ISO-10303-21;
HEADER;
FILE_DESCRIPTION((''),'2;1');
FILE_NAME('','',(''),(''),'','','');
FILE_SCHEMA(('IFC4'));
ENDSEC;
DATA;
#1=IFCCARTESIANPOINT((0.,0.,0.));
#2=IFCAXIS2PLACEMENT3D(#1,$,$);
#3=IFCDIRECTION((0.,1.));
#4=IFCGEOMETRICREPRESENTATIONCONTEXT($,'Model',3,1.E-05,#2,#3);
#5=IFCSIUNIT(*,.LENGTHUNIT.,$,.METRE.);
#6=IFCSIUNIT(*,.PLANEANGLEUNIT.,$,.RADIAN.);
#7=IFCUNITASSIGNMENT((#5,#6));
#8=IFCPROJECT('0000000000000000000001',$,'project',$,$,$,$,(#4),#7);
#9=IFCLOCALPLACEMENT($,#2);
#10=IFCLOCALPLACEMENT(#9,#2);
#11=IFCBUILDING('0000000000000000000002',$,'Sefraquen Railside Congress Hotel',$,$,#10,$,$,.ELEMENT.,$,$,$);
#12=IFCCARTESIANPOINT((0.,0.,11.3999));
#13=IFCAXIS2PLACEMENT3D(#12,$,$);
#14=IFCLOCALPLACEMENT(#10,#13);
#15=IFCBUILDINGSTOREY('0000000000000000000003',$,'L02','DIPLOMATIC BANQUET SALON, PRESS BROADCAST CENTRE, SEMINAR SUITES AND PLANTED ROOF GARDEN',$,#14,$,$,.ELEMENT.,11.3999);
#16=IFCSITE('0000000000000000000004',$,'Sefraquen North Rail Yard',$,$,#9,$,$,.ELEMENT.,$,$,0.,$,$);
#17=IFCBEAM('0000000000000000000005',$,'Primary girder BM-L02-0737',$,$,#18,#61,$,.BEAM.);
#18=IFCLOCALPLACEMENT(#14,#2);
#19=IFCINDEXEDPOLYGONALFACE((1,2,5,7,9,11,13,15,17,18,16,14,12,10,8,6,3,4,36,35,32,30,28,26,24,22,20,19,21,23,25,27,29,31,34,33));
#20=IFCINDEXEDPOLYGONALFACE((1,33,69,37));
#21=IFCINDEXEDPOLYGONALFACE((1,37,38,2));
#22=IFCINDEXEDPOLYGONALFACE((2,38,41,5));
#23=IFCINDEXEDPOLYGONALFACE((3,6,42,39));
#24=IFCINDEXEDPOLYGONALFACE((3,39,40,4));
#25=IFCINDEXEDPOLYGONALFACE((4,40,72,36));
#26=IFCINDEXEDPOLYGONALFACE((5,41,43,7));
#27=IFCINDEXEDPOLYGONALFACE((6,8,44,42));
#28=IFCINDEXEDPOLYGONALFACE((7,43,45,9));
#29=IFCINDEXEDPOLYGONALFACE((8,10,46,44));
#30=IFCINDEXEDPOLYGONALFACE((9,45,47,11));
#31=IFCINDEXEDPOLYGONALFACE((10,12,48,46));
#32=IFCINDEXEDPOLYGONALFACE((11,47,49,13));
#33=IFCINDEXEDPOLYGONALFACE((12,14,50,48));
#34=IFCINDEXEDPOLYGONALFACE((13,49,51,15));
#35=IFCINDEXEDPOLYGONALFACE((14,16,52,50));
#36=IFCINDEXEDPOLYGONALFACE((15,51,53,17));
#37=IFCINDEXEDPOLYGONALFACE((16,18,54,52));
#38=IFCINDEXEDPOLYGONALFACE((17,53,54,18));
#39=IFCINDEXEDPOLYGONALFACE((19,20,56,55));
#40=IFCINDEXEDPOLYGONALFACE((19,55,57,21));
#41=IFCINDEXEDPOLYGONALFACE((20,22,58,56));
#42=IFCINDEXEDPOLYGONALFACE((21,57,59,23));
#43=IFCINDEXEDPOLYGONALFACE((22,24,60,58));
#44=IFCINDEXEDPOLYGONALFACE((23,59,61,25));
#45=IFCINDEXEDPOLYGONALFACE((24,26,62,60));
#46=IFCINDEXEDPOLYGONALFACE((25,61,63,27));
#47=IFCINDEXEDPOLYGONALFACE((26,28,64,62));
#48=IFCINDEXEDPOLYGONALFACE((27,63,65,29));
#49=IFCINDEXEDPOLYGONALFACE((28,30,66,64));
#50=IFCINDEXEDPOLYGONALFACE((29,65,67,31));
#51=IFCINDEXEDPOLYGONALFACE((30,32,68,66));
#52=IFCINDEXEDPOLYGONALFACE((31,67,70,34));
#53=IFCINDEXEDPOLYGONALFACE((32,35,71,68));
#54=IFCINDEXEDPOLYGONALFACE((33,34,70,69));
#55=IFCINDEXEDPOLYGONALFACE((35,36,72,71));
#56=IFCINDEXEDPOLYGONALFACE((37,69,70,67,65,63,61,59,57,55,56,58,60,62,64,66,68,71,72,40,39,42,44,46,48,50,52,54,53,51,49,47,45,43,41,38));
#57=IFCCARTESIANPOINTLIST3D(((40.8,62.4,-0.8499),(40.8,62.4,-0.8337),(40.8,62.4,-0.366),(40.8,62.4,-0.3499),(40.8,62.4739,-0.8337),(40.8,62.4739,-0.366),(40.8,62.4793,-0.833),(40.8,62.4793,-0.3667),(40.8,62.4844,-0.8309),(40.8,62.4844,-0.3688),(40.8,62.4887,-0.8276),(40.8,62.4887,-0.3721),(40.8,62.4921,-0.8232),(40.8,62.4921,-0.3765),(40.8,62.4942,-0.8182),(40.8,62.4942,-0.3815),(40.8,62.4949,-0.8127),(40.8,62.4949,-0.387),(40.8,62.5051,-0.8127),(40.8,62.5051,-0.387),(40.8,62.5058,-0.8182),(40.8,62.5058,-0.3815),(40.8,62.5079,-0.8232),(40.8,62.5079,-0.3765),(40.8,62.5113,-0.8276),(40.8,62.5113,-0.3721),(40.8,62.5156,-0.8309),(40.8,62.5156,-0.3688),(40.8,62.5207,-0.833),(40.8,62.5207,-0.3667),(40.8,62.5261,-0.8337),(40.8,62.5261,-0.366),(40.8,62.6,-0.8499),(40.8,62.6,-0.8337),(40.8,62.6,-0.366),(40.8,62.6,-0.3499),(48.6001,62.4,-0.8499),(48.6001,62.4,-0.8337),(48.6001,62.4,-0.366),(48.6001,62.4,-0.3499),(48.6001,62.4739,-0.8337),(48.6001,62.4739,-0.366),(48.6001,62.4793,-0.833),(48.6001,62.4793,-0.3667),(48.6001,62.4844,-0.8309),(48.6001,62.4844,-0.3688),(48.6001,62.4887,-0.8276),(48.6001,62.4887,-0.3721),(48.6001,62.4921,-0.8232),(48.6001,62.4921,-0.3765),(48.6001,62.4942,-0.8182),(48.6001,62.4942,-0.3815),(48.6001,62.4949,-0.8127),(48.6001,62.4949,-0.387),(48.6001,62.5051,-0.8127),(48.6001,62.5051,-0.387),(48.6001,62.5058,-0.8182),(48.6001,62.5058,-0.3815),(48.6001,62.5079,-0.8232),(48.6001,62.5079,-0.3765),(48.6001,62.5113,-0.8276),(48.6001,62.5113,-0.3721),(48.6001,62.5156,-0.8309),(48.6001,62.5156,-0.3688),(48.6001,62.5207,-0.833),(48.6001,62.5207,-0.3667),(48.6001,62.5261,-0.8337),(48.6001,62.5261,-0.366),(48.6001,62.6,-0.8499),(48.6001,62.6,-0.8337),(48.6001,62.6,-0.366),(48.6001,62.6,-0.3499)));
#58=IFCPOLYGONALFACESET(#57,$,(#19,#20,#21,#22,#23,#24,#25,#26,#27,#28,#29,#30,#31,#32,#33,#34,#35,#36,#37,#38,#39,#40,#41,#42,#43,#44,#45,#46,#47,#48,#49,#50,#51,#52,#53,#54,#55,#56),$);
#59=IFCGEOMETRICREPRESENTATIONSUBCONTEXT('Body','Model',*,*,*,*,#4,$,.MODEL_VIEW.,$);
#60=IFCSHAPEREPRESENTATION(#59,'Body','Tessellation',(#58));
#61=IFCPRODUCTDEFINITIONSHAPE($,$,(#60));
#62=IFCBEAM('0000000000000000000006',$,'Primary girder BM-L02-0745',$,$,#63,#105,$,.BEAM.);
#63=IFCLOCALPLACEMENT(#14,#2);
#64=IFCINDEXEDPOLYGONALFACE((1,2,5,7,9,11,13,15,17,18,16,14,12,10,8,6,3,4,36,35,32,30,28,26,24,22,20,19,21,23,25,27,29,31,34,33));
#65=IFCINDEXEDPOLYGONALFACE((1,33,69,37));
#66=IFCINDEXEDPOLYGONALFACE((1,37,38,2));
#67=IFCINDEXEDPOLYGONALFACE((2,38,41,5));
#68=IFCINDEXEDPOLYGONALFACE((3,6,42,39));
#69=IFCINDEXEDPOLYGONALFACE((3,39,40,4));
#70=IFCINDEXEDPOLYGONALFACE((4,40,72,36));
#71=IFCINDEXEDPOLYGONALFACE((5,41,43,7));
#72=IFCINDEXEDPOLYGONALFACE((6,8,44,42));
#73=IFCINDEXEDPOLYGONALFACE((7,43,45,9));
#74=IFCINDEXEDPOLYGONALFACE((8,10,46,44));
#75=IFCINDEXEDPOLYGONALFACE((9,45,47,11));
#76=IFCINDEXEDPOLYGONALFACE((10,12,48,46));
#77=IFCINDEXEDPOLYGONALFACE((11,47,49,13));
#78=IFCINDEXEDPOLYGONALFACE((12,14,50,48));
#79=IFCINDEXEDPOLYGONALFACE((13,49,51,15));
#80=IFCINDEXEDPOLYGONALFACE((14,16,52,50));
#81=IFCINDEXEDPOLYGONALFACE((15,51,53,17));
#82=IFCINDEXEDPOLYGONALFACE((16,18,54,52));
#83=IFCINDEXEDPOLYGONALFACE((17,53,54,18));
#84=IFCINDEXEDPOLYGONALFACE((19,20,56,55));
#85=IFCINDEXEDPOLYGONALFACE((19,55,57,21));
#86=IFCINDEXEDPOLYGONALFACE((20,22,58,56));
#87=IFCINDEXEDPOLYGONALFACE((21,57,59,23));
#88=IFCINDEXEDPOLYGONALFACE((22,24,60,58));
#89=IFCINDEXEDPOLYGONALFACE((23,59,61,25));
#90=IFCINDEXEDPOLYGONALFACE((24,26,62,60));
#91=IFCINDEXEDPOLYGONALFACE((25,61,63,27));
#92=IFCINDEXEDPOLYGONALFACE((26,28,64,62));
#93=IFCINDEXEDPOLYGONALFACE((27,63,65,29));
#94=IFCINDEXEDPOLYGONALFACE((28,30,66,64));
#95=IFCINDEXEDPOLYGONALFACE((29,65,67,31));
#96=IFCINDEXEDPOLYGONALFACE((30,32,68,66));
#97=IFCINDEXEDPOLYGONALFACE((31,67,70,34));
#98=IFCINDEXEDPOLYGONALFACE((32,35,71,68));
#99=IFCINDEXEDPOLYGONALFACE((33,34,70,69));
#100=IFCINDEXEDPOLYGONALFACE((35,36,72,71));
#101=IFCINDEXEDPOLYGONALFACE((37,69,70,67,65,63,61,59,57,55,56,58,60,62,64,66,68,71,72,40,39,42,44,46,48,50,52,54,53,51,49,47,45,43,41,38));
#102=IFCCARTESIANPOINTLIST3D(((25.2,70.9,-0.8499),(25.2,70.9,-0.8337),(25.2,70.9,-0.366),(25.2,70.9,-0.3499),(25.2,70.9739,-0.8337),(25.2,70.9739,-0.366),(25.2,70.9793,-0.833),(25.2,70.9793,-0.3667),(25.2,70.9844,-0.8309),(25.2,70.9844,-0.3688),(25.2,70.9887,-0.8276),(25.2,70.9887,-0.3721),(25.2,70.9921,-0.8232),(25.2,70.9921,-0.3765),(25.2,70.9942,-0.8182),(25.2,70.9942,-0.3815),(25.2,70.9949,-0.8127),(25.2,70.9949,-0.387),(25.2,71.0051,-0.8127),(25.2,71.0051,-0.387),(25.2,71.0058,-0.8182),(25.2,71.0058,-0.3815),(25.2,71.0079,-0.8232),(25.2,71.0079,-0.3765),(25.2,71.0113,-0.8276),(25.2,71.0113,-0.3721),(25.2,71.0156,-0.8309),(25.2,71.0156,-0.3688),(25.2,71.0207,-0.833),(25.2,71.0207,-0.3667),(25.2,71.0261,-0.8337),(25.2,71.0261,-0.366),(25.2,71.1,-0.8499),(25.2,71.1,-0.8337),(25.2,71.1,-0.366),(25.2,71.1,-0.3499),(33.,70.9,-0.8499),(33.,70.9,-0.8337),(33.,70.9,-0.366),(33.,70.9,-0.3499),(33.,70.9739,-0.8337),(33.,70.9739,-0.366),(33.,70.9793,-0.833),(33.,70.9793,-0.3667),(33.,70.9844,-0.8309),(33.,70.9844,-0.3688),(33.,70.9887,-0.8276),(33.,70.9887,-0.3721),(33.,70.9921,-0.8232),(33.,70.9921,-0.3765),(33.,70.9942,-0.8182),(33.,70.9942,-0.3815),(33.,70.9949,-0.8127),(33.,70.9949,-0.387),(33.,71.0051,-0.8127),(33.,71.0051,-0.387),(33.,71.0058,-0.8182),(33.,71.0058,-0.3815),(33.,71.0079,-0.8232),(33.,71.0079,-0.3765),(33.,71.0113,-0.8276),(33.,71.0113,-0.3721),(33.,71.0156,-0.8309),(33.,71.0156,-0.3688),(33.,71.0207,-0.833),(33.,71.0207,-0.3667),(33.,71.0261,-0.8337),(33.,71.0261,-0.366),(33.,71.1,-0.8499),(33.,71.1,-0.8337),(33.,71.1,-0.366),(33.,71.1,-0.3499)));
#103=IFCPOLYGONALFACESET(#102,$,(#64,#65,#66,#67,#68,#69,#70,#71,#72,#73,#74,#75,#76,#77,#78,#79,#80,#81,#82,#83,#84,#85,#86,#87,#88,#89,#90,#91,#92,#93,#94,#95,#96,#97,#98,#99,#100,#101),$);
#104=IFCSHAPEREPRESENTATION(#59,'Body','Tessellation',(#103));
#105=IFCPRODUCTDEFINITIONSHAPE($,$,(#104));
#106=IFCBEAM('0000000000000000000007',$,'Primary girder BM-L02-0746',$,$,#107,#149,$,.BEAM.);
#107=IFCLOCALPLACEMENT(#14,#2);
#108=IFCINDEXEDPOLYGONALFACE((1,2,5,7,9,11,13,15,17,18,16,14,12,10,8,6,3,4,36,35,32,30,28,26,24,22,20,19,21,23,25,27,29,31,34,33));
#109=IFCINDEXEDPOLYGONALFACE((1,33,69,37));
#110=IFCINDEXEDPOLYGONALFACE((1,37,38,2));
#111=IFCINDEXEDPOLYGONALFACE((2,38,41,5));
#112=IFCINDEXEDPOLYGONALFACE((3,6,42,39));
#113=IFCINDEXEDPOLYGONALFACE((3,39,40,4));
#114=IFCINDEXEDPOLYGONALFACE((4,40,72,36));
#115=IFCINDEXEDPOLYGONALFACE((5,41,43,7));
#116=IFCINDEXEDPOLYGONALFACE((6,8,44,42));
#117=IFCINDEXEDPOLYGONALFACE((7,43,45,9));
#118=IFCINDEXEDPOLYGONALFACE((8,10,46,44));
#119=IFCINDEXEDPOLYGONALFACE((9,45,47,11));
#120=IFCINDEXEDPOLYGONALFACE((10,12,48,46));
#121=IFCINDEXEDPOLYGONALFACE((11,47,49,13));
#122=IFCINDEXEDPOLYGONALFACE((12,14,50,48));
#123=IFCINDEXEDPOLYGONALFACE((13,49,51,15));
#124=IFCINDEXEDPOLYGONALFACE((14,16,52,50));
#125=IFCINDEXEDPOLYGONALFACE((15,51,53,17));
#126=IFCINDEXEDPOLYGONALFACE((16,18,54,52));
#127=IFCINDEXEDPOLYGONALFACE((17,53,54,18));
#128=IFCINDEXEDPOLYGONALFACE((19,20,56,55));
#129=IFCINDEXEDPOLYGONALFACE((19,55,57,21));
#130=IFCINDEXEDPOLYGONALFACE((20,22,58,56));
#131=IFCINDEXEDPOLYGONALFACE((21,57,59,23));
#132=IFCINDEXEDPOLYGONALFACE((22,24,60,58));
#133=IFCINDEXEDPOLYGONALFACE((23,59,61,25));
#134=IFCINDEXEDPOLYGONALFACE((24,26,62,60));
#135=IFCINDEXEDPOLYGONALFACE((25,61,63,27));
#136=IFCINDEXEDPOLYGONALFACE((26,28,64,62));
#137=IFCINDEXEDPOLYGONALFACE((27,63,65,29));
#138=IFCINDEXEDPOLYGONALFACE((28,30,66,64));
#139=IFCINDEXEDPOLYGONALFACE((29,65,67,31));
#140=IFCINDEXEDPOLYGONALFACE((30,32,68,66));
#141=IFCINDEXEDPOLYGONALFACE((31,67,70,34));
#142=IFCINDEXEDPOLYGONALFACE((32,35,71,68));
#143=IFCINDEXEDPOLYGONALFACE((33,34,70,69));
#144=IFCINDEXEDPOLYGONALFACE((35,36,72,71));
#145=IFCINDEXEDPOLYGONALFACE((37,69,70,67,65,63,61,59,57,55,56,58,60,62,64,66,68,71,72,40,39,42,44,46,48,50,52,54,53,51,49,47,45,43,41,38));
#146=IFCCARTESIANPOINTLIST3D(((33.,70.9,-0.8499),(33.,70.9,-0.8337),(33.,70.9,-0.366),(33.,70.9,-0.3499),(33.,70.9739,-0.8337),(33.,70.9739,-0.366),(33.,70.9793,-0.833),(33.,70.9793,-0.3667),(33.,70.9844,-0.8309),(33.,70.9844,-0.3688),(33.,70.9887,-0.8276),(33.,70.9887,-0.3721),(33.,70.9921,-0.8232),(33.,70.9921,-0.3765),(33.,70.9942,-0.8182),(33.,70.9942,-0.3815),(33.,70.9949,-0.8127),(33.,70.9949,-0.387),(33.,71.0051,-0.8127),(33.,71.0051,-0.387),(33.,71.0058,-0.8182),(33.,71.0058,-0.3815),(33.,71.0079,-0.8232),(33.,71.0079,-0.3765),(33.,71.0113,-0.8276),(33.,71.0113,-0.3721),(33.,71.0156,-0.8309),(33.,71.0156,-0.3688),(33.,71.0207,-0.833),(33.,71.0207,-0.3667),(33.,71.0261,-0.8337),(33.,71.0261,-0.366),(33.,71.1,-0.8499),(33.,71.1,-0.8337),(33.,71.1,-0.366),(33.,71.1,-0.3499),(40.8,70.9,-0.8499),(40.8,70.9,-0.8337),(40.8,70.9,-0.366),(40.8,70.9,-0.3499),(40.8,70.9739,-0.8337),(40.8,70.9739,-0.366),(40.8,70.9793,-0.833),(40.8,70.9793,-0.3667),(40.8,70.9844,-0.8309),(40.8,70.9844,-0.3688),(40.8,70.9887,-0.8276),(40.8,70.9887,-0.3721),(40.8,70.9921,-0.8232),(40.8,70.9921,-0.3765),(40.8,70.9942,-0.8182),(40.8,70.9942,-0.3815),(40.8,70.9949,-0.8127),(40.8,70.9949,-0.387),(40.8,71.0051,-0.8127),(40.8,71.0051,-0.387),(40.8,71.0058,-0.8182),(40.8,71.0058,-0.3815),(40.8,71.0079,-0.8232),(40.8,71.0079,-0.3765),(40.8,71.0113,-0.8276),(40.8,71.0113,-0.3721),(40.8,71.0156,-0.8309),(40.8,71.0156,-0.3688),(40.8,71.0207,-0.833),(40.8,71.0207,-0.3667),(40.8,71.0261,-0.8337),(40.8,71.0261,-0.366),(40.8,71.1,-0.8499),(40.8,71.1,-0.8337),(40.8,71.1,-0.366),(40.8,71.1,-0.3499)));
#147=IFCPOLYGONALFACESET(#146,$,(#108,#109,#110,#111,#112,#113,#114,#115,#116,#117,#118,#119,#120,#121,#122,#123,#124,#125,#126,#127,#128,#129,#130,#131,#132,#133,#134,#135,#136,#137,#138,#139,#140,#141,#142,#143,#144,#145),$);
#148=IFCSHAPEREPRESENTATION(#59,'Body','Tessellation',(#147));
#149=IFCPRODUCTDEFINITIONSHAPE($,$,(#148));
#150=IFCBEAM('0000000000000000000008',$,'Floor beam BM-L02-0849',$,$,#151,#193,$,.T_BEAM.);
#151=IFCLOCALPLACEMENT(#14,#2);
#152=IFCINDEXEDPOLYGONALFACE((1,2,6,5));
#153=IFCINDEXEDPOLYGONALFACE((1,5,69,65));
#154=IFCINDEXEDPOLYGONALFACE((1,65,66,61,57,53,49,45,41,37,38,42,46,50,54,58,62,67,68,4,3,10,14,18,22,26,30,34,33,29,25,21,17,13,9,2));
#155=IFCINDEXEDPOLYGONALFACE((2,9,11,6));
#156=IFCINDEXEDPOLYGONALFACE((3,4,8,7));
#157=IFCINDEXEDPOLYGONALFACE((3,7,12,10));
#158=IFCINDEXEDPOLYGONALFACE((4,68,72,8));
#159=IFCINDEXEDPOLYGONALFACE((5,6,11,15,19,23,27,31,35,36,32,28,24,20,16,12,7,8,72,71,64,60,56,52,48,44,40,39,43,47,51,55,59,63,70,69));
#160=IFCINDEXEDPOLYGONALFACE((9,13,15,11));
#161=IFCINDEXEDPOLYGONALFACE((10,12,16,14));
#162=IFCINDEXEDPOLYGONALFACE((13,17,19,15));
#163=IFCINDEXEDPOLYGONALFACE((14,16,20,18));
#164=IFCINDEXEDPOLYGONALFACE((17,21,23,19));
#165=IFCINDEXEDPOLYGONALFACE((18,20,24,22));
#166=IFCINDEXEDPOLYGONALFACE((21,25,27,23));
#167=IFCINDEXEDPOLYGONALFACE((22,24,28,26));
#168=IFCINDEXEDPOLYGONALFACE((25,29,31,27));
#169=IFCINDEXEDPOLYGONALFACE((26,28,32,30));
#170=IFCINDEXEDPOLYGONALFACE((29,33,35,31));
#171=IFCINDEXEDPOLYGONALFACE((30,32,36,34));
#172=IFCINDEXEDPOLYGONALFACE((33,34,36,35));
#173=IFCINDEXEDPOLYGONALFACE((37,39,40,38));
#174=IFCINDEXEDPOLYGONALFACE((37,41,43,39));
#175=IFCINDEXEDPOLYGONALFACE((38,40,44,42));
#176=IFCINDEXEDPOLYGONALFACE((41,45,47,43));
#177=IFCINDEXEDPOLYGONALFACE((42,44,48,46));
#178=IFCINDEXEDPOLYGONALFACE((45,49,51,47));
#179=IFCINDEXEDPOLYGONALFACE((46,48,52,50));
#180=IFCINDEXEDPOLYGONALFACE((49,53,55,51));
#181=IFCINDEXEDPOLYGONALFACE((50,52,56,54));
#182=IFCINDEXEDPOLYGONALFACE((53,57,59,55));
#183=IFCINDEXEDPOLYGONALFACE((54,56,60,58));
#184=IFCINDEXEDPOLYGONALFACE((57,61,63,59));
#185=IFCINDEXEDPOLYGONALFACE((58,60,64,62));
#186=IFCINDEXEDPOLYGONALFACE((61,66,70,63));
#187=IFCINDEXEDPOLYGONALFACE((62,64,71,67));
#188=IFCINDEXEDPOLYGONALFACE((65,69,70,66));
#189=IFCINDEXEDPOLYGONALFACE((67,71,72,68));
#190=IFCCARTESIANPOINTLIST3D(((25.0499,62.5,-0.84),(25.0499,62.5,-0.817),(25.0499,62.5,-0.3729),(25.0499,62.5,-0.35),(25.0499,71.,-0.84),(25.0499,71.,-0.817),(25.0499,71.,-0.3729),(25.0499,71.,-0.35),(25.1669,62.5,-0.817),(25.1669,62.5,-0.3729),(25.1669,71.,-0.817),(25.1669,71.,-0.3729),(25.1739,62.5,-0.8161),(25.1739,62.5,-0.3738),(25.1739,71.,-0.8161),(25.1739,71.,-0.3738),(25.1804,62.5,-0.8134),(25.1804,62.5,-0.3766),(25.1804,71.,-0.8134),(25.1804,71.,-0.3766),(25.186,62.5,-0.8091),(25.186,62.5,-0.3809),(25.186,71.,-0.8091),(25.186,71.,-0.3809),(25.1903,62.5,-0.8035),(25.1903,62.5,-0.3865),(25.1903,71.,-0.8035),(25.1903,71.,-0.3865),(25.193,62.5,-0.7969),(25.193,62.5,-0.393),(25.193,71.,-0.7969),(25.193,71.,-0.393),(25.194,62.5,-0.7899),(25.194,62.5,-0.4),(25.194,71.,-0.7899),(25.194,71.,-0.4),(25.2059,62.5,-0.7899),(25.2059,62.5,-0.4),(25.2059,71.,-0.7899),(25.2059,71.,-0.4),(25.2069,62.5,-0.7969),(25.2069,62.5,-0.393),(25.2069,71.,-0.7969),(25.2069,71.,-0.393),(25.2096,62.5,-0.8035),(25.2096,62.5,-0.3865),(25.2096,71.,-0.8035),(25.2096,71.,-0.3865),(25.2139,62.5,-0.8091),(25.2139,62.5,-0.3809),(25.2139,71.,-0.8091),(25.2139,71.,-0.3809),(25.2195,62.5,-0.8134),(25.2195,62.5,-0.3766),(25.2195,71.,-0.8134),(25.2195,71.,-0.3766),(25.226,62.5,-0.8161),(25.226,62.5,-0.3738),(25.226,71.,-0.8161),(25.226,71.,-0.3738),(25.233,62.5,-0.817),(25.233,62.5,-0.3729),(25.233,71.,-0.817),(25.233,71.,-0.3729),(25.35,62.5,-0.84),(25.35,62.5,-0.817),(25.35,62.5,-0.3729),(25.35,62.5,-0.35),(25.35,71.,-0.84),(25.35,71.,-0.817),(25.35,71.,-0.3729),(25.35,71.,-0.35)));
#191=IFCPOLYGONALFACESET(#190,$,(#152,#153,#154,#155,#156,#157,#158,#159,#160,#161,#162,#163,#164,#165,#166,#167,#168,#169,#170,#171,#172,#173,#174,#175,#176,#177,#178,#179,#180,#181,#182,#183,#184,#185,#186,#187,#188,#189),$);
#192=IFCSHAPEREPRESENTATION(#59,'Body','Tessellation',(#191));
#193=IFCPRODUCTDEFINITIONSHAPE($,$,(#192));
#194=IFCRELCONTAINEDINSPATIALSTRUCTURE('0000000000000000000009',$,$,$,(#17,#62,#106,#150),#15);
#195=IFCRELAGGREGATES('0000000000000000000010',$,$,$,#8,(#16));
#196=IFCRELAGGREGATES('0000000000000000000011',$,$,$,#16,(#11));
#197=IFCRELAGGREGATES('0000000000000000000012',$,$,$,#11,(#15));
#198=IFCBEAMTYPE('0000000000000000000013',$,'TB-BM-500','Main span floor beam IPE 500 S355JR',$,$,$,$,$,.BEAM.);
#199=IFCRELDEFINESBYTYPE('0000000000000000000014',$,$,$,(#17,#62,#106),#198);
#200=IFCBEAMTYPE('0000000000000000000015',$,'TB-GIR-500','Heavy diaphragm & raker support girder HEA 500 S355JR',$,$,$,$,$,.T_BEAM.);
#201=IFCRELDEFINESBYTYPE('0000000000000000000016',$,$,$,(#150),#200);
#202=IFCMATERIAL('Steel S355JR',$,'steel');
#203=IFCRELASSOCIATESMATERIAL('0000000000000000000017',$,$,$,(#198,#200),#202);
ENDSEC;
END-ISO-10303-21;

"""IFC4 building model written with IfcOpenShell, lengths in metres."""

from ifc_helpers import new_model, si_unit, direction, frame, origin, origin_2d, place, context, subcontext, project, spatial, i_section, extrude, material, material_profile, profile_set, type_object, element, save


model = new_model("IFC4")

# Units and contexts
model_context = context("Model", 3, precision=1e-05, world=origin(), true_north=direction((0.0, 1.0)))
body_context = subcontext(model_context, "Body", "Model", "MODEL_VIEW")
ifc_project = project(units=[si_unit("LENGTHUNIT", "METRE"), si_unit("PLANEANGLEUNIT", "RADIAN")], contexts=[model_context])

# Site, building, storey
site_placement = place(None, origin())
site = spatial("IfcSite", under=ifc_project, at=site_placement, Name="Sefraquen North Rail Yard", CompositionType="ELEMENT", RefElevation=0.0)
building_placement = place(site_placement, origin())
building = spatial("IfcBuilding", under=site, at=building_placement, Name="Sefraquen Railside Congress Hotel", CompositionType="ELEMENT")
storey_placement = place(building_placement, frame((0.0, 0.0, 11.3999)))
storey = spatial("IfcBuildingStorey", under=building, at=storey_placement, Name="L02", Description="DIPLOMATIC BANQUET SALON, PRESS BROADCAST CENTRE, SEMINAR SUITES AND PLANTED ROOF GARDEN", CompositionType="ELEMENT", Elevation=11.3999)

# Shared definitions
ifc_material_1 = material(Name="Steel S355JR", Category="steel")

# Beams
ifc_material_profile_1 = material_profile(ifc_material_1, i_section(OverallWidth=0.2, OverallDepth=0.5, WebThickness=0.0103, FlangeThickness=0.0161, FilletRadius=0.021, at=origin_2d()), Name="IPE 500")
ifc_profile_set_1 = profile_set([ifc_material_profile_1], Name="Steel S355JR")
beam_type_1 = type_object("IfcBeamType", Name="TB-BM-500", Description="Main span floor beam IPE 500 S355JR", PredefinedType="BEAM", material=ifc_profile_set_1)
for number, where, z_axis, x_axis, name in (
    (1, (40.8, 62.5, -0.5999), (1.0, 0.0, 0.0), (0.0, 1.0, 0.0), "Primary girder BM-L02-0737"),
    (2, (25.2, 71.0, -0.5999), (1.0, 0.0, 0.0), (0.0, 1.0, 0.0), "Primary girder BM-L02-0745"),
    (3, (33.0, 71.0, -0.5999), (1.0, 0.0, 0.0), (0.0, 1.0, 0.0), "Primary girder BM-L02-0746"),
):
    element("IfcBeam", number, at=place(storey_placement, frame(where, z_axis=z_axis, x_axis=x_axis)), inside=storey, type_object=beam_type_1, Name=name, PredefinedType="BEAM", context=body_context, shape_type="SweptSolid", body=[
        extrude(i_section(OverallWidth=0.2, OverallDepth=0.5, WebThickness=0.0103, FlangeThickness=0.0161, FilletRadius=0.021, at=origin_2d()), origin(), (0.0, 0.0, 1.0), 7.8),
    ])
ifc_material_profile_2 = material_profile(ifc_material_1, i_section(OverallWidth=0.3, OverallDepth=0.49, WebThickness=0.012, FlangeThickness=0.0229, FilletRadius=0.0271, at=origin_2d()), Name="HEA 500")
ifc_profile_set_2 = profile_set([ifc_material_profile_2], Name="Steel S355JR")
beam_type_2 = type_object("IfcBeamType", Name="TB-GIR-500", Description="Heavy diaphragm & raker support girder HEA 500 S355JR", PredefinedType="T_BEAM", material=ifc_profile_set_2)
for number, where, z_axis, x_axis, name in (
    (4, (25.2, 62.5, -0.595), (0.0, 1.0, 0.0), (-1.0, 0.0, 0.0), "Floor beam BM-L02-0849"),
):
    element("IfcBeam", number, at=place(storey_placement, frame(where, z_axis=z_axis, x_axis=x_axis)), inside=storey, type_object=beam_type_2, Name=name, PredefinedType="T_BEAM", context=body_context, shape_type="SweptSolid", body=[
        extrude(i_section(OverallWidth=0.3, OverallDepth=0.49, WebThickness=0.012, FlangeThickness=0.0229, FilletRadius=0.0271, at=origin_2d()), origin(), (0.0, 0.0, 1.0), 8.5),
    ])

save(model, "model.ifc")
